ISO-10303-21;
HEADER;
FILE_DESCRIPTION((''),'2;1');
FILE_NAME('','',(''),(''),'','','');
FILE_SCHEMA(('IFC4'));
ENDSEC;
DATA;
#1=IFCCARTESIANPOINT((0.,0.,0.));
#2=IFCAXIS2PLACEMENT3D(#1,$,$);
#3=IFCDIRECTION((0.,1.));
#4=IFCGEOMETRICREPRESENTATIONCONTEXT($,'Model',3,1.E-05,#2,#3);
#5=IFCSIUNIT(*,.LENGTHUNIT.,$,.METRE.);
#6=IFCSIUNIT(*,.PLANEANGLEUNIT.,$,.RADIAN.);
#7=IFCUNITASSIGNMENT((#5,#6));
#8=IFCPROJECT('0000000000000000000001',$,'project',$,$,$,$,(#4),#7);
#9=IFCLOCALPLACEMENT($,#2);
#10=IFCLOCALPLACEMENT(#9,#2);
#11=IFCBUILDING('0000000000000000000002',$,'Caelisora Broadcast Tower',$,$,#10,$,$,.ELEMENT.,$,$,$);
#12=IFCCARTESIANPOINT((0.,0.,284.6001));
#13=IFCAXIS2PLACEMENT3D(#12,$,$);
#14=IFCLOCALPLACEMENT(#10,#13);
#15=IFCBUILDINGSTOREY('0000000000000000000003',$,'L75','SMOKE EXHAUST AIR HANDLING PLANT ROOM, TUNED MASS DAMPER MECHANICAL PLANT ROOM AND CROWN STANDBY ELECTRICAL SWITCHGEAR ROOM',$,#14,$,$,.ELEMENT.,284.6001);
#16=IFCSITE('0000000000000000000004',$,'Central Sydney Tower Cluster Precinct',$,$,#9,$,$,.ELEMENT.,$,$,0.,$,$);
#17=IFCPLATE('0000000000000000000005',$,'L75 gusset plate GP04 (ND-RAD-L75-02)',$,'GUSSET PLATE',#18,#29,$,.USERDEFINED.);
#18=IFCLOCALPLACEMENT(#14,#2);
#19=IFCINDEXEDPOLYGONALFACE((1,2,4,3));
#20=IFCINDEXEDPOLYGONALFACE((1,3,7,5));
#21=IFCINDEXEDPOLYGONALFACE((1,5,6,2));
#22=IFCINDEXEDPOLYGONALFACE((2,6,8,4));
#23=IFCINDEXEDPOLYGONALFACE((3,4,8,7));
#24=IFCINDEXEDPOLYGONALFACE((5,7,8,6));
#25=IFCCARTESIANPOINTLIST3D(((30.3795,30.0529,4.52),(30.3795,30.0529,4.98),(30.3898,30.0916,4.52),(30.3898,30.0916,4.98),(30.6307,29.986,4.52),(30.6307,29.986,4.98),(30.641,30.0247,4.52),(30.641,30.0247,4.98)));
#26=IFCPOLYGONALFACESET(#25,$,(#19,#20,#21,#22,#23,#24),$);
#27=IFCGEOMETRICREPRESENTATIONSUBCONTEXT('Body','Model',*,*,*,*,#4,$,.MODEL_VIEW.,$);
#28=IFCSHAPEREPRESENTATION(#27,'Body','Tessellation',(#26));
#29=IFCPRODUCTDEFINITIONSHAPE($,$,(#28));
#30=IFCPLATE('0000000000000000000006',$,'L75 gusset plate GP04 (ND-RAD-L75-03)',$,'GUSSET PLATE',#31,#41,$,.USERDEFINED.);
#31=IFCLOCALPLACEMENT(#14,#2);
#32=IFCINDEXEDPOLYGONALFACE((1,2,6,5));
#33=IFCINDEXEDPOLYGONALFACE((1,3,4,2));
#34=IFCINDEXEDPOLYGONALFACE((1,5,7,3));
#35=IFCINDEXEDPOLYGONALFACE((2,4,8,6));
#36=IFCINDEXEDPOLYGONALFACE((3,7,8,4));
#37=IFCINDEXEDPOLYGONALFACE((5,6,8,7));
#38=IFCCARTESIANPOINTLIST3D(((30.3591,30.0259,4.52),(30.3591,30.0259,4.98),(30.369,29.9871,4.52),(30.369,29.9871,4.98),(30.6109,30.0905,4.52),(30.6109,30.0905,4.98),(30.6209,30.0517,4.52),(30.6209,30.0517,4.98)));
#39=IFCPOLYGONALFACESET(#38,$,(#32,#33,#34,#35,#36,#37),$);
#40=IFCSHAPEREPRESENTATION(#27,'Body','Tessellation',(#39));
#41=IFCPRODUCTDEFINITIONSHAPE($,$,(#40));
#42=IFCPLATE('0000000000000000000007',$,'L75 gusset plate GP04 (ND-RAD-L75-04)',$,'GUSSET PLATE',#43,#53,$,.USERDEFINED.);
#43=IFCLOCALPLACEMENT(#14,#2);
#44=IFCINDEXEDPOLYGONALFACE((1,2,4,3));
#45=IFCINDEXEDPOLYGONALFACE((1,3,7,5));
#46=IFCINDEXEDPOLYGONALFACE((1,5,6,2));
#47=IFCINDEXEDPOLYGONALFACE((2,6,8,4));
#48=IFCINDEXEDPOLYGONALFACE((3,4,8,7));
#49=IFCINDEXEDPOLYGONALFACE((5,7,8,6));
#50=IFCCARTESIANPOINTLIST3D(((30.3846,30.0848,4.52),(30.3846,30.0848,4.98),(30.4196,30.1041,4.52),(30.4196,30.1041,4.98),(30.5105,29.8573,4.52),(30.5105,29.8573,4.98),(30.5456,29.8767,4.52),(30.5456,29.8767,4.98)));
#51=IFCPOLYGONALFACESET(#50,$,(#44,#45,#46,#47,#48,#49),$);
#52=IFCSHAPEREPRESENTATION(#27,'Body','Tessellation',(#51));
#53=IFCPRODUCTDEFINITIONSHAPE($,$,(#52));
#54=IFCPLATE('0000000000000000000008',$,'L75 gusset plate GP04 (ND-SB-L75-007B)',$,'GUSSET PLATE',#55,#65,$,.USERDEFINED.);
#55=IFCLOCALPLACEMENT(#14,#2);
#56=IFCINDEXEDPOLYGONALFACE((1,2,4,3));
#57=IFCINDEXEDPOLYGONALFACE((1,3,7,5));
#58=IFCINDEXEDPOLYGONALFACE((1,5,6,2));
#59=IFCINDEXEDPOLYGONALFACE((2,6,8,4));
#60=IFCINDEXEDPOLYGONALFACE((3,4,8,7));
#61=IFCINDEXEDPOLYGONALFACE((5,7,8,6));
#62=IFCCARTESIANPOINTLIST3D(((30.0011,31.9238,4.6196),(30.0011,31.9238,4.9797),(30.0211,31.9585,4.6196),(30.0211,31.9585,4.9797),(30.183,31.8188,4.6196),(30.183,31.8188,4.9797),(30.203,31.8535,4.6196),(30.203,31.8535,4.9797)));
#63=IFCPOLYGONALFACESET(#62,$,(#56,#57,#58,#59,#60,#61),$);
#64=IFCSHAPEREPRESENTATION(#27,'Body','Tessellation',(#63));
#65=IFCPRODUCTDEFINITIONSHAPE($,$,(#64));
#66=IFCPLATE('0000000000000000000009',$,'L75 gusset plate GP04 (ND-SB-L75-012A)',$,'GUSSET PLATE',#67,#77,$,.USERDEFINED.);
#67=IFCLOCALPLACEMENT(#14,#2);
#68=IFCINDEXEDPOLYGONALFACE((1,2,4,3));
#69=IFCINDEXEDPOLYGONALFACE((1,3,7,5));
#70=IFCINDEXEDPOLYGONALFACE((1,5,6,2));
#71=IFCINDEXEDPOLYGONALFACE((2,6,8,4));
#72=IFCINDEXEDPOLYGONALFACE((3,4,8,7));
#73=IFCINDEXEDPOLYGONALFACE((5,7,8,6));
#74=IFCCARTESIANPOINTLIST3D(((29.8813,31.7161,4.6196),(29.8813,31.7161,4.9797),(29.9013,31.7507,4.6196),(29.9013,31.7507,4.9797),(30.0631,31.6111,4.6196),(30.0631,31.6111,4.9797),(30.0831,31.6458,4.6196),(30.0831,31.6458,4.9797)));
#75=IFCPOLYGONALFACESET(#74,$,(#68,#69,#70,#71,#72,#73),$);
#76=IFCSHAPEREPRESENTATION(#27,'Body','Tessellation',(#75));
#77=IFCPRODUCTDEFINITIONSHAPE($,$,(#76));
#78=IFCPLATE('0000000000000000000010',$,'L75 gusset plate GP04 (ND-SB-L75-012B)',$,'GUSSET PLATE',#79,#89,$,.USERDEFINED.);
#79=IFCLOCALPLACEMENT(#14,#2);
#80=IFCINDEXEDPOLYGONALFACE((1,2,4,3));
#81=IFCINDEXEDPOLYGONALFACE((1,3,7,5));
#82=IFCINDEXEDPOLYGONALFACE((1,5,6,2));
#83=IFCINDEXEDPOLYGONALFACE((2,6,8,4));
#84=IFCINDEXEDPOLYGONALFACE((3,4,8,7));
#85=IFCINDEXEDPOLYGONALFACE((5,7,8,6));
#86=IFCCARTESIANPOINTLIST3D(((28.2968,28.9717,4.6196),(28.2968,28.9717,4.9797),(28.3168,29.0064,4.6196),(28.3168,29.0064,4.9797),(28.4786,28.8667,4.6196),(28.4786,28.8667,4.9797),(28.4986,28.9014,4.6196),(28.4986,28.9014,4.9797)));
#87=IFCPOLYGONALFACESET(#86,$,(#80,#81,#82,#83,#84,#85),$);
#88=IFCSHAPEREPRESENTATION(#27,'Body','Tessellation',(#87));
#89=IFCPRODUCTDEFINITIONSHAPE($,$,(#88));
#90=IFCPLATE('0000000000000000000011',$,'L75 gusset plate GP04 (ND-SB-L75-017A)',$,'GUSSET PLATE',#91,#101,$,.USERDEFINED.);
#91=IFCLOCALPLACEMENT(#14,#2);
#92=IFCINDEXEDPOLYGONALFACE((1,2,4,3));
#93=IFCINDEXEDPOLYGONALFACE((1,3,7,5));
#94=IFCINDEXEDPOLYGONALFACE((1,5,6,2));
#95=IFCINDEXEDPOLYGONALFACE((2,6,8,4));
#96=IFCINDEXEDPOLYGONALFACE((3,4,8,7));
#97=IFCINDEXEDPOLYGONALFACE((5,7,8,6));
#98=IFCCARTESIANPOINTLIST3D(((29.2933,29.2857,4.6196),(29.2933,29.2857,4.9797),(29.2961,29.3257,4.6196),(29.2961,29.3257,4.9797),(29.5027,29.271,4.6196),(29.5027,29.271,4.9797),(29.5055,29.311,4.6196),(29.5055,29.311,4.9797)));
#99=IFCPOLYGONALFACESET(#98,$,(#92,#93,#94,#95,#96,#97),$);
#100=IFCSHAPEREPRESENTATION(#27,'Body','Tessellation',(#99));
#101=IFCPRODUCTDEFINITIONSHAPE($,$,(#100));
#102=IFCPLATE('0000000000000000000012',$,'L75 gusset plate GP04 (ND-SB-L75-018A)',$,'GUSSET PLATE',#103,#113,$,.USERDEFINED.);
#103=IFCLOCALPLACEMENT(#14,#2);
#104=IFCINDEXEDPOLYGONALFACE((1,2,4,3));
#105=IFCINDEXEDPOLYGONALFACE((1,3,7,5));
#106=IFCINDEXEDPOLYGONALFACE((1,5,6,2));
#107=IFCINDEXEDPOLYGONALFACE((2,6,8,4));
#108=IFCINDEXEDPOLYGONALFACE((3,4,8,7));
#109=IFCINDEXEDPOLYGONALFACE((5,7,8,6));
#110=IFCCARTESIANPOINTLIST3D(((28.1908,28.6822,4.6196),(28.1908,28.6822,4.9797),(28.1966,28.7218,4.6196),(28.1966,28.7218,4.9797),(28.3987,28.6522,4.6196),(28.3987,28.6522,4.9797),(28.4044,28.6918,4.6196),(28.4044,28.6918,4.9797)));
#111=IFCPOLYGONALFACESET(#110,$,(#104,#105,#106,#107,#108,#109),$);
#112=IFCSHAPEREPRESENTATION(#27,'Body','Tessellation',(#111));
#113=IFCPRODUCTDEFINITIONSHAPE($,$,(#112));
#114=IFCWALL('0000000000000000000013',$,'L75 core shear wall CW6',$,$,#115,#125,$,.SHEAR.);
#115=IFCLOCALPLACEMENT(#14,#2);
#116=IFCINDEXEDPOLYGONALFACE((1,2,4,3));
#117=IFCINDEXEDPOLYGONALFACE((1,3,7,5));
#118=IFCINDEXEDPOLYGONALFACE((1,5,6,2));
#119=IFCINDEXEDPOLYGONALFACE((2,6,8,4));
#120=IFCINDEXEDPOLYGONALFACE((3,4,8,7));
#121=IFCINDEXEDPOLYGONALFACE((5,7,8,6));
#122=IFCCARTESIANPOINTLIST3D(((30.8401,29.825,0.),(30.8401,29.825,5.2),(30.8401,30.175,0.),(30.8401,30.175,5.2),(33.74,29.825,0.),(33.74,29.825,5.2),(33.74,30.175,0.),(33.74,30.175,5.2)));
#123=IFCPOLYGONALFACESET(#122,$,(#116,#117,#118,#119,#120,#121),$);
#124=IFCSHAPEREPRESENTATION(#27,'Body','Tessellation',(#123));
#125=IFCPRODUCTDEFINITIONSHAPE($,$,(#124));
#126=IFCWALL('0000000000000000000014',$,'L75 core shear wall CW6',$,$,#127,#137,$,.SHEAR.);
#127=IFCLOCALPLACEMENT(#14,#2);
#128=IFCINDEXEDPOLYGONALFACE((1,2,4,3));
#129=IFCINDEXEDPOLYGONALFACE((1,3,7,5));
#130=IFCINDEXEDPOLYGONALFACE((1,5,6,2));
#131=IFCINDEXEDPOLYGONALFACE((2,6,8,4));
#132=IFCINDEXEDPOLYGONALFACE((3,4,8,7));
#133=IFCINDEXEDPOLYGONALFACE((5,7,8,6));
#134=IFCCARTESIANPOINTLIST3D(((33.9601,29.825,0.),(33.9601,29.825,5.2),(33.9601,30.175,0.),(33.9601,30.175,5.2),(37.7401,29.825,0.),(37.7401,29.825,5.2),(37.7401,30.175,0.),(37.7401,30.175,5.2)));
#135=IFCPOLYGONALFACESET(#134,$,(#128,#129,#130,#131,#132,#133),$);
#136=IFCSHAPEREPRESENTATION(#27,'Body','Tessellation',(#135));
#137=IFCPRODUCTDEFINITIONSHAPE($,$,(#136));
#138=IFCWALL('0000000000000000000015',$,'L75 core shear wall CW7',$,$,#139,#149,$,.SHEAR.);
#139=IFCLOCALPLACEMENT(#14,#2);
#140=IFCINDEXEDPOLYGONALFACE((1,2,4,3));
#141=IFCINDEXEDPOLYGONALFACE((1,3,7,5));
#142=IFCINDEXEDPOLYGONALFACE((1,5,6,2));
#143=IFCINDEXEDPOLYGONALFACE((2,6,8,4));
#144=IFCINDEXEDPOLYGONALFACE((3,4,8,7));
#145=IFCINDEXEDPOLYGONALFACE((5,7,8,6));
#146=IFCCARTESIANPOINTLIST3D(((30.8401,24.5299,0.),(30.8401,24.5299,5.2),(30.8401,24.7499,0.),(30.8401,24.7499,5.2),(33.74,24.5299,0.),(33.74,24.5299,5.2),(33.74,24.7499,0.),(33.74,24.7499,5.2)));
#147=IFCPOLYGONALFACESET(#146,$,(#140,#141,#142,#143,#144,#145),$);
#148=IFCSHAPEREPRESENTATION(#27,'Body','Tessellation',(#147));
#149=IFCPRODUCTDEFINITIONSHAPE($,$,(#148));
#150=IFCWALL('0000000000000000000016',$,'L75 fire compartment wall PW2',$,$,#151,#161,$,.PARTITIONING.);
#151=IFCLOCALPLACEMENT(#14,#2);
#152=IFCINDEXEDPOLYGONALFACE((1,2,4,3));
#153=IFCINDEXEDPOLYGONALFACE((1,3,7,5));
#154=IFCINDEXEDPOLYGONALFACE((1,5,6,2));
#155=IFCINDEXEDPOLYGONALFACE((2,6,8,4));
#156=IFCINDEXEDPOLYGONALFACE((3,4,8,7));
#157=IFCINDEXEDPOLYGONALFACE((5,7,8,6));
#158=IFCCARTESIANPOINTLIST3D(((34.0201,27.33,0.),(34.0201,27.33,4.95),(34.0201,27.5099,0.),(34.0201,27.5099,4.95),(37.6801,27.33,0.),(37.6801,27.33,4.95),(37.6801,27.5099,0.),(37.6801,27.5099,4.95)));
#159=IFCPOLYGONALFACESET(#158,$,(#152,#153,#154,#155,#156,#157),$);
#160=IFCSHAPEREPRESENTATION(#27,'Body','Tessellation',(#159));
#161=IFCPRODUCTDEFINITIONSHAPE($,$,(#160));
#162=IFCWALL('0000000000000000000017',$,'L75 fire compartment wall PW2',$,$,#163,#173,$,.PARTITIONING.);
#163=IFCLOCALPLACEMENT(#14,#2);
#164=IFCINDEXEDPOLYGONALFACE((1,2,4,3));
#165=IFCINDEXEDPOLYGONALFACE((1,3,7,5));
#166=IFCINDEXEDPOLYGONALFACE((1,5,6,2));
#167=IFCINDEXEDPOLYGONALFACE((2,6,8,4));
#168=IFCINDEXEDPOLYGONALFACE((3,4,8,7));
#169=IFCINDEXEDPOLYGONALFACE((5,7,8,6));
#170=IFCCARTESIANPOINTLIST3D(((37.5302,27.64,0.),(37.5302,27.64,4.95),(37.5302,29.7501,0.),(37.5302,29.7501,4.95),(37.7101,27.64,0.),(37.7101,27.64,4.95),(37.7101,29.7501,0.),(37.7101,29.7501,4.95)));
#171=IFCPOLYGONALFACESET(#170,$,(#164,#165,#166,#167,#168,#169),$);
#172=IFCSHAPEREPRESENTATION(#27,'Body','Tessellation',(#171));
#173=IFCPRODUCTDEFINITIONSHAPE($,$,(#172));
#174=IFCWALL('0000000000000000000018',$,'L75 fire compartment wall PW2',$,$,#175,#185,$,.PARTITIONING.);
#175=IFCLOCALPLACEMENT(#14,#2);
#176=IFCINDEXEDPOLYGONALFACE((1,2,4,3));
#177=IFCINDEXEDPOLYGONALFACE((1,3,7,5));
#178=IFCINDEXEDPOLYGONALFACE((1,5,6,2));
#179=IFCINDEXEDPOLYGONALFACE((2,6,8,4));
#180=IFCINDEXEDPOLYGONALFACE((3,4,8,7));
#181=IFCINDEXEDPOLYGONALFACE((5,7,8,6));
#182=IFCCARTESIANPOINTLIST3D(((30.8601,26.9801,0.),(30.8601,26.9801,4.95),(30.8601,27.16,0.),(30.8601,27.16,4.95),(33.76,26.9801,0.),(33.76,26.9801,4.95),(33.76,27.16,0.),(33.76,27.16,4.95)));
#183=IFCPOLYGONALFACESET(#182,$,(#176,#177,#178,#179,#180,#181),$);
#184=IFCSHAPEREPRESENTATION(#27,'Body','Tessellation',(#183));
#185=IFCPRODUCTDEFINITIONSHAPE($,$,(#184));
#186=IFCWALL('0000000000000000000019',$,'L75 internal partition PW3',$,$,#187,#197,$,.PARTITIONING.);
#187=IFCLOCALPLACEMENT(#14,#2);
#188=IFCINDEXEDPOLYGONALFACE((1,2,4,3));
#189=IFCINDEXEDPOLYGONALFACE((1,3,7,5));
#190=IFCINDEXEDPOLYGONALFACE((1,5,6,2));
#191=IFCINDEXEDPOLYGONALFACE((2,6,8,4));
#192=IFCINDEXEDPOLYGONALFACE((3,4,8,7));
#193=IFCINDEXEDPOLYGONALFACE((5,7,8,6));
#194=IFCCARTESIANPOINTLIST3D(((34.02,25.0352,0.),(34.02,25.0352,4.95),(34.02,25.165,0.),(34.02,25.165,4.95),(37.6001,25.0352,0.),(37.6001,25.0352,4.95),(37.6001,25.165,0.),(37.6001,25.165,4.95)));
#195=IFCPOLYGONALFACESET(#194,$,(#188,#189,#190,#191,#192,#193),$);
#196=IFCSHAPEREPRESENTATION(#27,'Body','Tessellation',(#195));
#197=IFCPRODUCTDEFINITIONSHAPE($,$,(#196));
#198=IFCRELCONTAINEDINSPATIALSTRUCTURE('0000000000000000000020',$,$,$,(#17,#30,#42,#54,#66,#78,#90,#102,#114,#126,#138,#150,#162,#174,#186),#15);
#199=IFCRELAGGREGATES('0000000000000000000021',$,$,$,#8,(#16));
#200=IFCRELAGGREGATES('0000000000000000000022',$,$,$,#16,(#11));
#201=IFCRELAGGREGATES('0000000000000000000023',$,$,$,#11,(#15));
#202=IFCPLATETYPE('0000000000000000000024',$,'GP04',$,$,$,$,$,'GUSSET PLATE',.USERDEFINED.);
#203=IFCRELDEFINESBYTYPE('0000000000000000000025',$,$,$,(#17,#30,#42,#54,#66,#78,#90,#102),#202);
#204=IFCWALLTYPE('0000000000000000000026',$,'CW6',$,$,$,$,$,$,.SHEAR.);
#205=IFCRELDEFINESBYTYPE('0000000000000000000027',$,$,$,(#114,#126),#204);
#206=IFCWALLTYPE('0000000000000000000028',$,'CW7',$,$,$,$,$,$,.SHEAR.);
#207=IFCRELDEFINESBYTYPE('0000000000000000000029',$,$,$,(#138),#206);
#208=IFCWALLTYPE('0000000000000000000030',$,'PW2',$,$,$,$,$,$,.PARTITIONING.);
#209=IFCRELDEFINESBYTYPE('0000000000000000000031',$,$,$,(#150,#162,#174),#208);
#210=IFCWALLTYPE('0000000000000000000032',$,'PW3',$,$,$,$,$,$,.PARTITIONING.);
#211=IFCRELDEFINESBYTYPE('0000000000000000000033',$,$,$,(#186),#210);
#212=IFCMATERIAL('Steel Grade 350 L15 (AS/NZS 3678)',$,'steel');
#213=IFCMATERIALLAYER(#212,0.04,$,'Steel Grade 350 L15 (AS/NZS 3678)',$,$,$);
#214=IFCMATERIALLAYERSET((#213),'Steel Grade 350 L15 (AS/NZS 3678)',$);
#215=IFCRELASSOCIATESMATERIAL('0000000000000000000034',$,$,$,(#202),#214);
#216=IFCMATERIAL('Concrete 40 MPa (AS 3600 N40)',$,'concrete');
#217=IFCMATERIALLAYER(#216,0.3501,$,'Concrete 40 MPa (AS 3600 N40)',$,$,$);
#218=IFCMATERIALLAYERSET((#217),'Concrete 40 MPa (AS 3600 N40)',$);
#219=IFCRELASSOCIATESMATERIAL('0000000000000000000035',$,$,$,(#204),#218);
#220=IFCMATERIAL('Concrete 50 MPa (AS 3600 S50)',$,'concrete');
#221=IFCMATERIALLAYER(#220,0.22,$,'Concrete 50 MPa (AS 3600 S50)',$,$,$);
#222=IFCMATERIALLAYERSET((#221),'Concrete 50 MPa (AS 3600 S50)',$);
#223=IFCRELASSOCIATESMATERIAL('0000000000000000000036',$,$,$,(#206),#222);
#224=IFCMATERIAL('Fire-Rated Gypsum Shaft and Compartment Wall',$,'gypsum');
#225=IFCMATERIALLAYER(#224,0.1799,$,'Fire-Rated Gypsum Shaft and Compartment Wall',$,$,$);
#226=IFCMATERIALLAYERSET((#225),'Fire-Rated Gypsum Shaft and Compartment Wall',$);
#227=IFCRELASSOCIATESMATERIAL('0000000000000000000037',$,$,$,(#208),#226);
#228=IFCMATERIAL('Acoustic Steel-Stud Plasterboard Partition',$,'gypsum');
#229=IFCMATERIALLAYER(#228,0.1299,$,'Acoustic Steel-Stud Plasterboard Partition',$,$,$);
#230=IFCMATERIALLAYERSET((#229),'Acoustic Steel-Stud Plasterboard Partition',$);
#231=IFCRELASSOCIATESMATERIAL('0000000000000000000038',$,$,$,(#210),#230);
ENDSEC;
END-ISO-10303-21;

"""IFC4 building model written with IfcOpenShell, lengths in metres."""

from ifc_helpers import new_model, si_unit, direction, frame, frame_2d, origin, origin_2d, place, context, subcontext, project, spatial, rectangle, extrude, source, transform, mapped, material, layer, layer_set, type_object, type_shapes, element, save


model = new_model("IFC4")

# Units and contexts
model_context = context("Model", 3, precision=1e-05, world=origin(), true_north=direction((0.0, 1.0)))
body_context = subcontext(model_context, "Body", "Model", "MODEL_VIEW")
ifc_project = project(units=[si_unit("LENGTHUNIT", "METRE"), si_unit("PLANEANGLEUNIT", "RADIAN")], contexts=[model_context])

# Site, building, storey
site_placement = place(None, origin())
site = spatial("IfcSite", under=ifc_project, at=site_placement, Name="Central Sydney Tower Cluster Precinct", CompositionType="ELEMENT", RefElevation=0.0)
building_placement = place(site_placement, origin())
building = spatial("IfcBuilding", under=site, at=building_placement, Name="Caelisora Broadcast Tower", CompositionType="ELEMENT")
storey_placement = place(building_placement, frame((0.0, 0.0, 284.6001)))
storey = spatial("IfcBuildingStorey", under=building, at=storey_placement, Name="L75", Description="SMOKE EXHAUST AIR HANDLING PLANT ROOM, TUNED MASS DAMPER MECHANICAL PLANT ROOM AND CROWN STANDBY ELECTRICAL SWITCHGEAR ROOM", CompositionType="ELEMENT", Elevation=284.6001)

# Plates
ifc_material_1 = material(Name="Steel Grade 350 L15 (AS/NZS 3678)", Category="steel")
ifc_layer_1 = layer(ifc_material_1, 0.04, Name="Steel Grade 350 L15 (AS/NZS 3678)")
ifc_layer_set_1 = layer_set([ifc_layer_1], Name="Steel Grade 350 L15 (AS/NZS 3678)")
plate_type = type_object("IfcPlateType", Name="GP04", ElementType="GUSSET PLATE", PredefinedType="USERDEFINED", material=ifc_layer_set_1)
shared_shape_1 = source(origin(), body_context, "Body", "SweptSolid", [
    extrude(rectangle(XDim=0.26, YDim=0.04, at=origin_2d()), origin(), (0.0, 0.0, 1.0), 0.46),
])
for number, where, z_axis, x_axis, name in (
    (1, (30.5103, 30.0388, 4.52), (0.0, 0.0, 1.0), (-0.966376, 0.257133, 0.0), "L75 gusset plate GP04 (ND-RAD-L75-02)"),
    (2, (30.49, 30.0388, 4.52), (0.0, 0.0, 1.0), (-0.968627, -0.248521, 0.0), "L75 gusset plate GP04 (ND-RAD-L75-03)"),
    (3, (30.4651, 29.9807, 4.52), (0.0, 0.0, 1.0), (0.484352, -0.874873, 0.0), "L75 gusset plate GP04 (ND-RAD-L75-04)"),
):
    element("IfcPlate", number, at=place(storey_placement, frame(where, z_axis=z_axis, x_axis=x_axis)), inside=storey, type_object=plate_type, Name=name, ObjectType="GUSSET PLATE", PredefinedType="USERDEFINED", context=body_context, shape_type="MappedRepresentation", body=[
        mapped(shared_shape_1, transform((0.0, 0.0, 0.0), scale=1.0)),
    ])
shared_shape_2 = source(origin(), body_context, "Body", "SweptSolid", [
    extrude(rectangle(XDim=0.21, YDim=0.04, at=origin_2d()), origin(), (0.0, 0.0, 1.0), 0.3601),
])
type_shapes(plate_type, [shared_shape_1, shared_shape_2])
for number, where, z_axis, x_axis, name in (
    (4, (30.1021, 31.8887, 4.6196), (0.0, 0.0, 1.0), (0.866025, -0.5, 0.0), "L75 gusset plate GP04 (ND-SB-L75-007B)"),
    (5, (29.9822, 31.6809, 4.6196), (0.0, 0.0, 1.0), (0.866025, -0.5, 0.0), "L75 gusset plate GP04 (ND-SB-L75-012A)"),
    (6, (28.3977, 28.9365, 4.6196), (0.0, 0.0, 1.0), (0.866025, -0.5, 0.0), "L75 gusset plate GP04 (ND-SB-L75-012B)"),
    (7, (29.3994, 29.2983, 4.6196), (0.0, 0.0, 1.0), (0.99754, -0.070105, 0.0), "L75 gusset plate GP04 (ND-SB-L75-017A)"),
    (8, (28.2976, 28.687, 4.6196), (0.0, 0.0, 1.0), (0.989751, -0.142802, 0.0), "L75 gusset plate GP04 (ND-SB-L75-018A)"),
):
    element("IfcPlate", number, at=place(storey_placement, frame(where, z_axis=z_axis, x_axis=x_axis)), inside=storey, type_object=plate_type, Name=name, ObjectType="GUSSET PLATE", PredefinedType="USERDEFINED", context=body_context, shape_type="MappedRepresentation", body=[
        mapped(shared_shape_2, transform((0.0, 0.0, 0.0), scale=1.0)),
    ])

# Walls
ifc_material_2 = material(Name="Concrete 40 MPa (AS 3600 N40)", Category="concrete")
ifc_layer_2 = layer(ifc_material_2, 0.3501, Name="Concrete 40 MPa (AS 3600 N40)")
ifc_layer_set_2 = layer_set([ifc_layer_2], Name="Concrete 40 MPa (AS 3600 N40)")
wall_type_1 = type_object("IfcWallType", Name="CW6", PredefinedType="SHEAR", material=ifc_layer_set_2)
wall_1_placement = place(storey_placement, frame((30.8401, 30.0, 0.0), z_axis=(0.0, 0.0, 1.0), x_axis=(1.0, 0.0, 0.0)))
element("IfcWall", 9, at=wall_1_placement, inside=storey, type_object=wall_type_1, Name="L75 core shear wall CW6", PredefinedType="SHEAR", context=body_context, shape_type="SweptSolid", body=[
    extrude(rectangle(XDim=2.8999, YDim=0.3501, at=frame_2d((1.45, 0.0))), origin(), (0.0, 0.0, 1.0), 5.2),
])
wall_2_placement = place(storey_placement, frame((33.96, 30.0, 0.0), z_axis=(0.0, 0.0, 1.0), x_axis=(1.0, 0.0, 0.0)))
element("IfcWall", 10, at=wall_2_placement, inside=storey, type_object=wall_type_1, Name="L75 core shear wall CW6", PredefinedType="SHEAR", context=body_context, shape_type="SweptSolid", body=[
    extrude(rectangle(XDim=3.78, YDim=0.3501, at=frame_2d((1.8901, 0.0))), origin(), (0.0, 0.0, 1.0), 5.2),
])
ifc_material_3 = material(Name="Concrete 50 MPa (AS 3600 S50)", Category="concrete")
ifc_layer_3 = layer(ifc_material_3, 0.22, Name="Concrete 50 MPa (AS 3600 S50)")
ifc_layer_set_3 = layer_set([ifc_layer_3], Name="Concrete 50 MPa (AS 3600 S50)")
wall_type_2 = type_object("IfcWallType", Name="CW7", PredefinedType="SHEAR", material=ifc_layer_set_3)
wall_3_placement = place(storey_placement, frame((30.8401, 24.6399, 0.0), z_axis=(0.0, 0.0, 1.0), x_axis=(1.0, 0.0, 0.0)))
element("IfcWall", 11, at=wall_3_placement, inside=storey, type_object=wall_type_2, Name="L75 core shear wall CW7", PredefinedType="SHEAR", context=body_context, shape_type="SweptSolid", body=[
    extrude(rectangle(XDim=2.8999, YDim=0.22, at=frame_2d((1.45, 0.0))), origin(), (0.0, 0.0, 1.0), 5.2),
])
ifc_material_4 = material(Name="Fire-Rated Gypsum Shaft and Compartment Wall", Category="gypsum")
ifc_layer_4 = layer(ifc_material_4, 0.1799, Name="Fire-Rated Gypsum Shaft and Compartment Wall")
ifc_layer_set_4 = layer_set([ifc_layer_4], Name="Fire-Rated Gypsum Shaft and Compartment Wall")
wall_type_3 = type_object("IfcWallType", Name="PW2", PredefinedType="PARTITIONING", material=ifc_layer_set_4)
wall_4_placement = place(storey_placement, frame((34.02, 27.4199, 0.0), z_axis=(0.0, 0.0, 1.0), x_axis=(1.0, 0.0, 0.0)))
element("IfcWall", 12, at=wall_4_placement, inside=storey, type_object=wall_type_3, Name="L75 fire compartment wall PW2", PredefinedType="PARTITIONING", context=body_context, shape_type="SweptSolid", body=[
    extrude(rectangle(XDim=3.6599, YDim=0.1799, at=frame_2d((1.8301, 0.0))), origin(), (0.0, 0.0, 1.0), 4.95),
])
wall_5_placement = place(storey_placement, frame((37.6201, 27.6399, 0.0), z_axis=(0.0, 0.0, 1.0), x_axis=(0.0, 1.0, 0.0)))
element("IfcWall", 13, at=wall_5_placement, inside=storey, type_object=wall_type_3, Name="L75 fire compartment wall PW2", PredefinedType="PARTITIONING", context=body_context, shape_type="SweptSolid", body=[
    extrude(rectangle(XDim=2.1101, YDim=0.1799, at=frame_2d((1.0552, 0.0))), origin(), (0.0, 0.0, 1.0), 4.95),
])
wall_6_placement = place(storey_placement, frame((30.8601, 27.0701, 0.0), z_axis=(0.0, 0.0, 1.0), x_axis=(1.0, 0.0, 0.0)))
element("IfcWall", 14, at=wall_6_placement, inside=storey, type_object=wall_type_3, Name="L75 fire compartment wall PW2", PredefinedType="PARTITIONING", context=body_context, shape_type="SweptSolid", body=[
    extrude(rectangle(XDim=2.8999, YDim=0.1799, at=frame_2d((1.45, 0.0))), origin(), (0.0, 0.0, 1.0), 4.95),
])
ifc_material_5 = material(Name="Acoustic Steel-Stud Plasterboard Partition", Category="gypsum")
ifc_layer_5 = layer(ifc_material_5, 0.1299, Name="Acoustic Steel-Stud Plasterboard Partition")
ifc_layer_set_5 = layer_set([ifc_layer_5], Name="Acoustic Steel-Stud Plasterboard Partition")
wall_type_4 = type_object("IfcWallType", Name="PW3", PredefinedType="PARTITIONING", material=ifc_layer_set_5)
wall_7_placement = place(storey_placement, frame((34.02, 25.1001, 0.0), z_axis=(0.0, 0.0, 1.0), x_axis=(1.0, 0.0, 0.0)))
element("IfcWall", 15, at=wall_7_placement, inside=storey, type_object=wall_type_4, Name="L75 internal partition PW3", PredefinedType="PARTITIONING", context=body_context, shape_type="SweptSolid", body=[
    extrude(rectangle(XDim=3.5801, YDim=0.1299, at=frame_2d((1.79, 0.0))), origin(), (0.0, 0.0, 1.0), 4.95),
])

save(model, "model.ifc")
